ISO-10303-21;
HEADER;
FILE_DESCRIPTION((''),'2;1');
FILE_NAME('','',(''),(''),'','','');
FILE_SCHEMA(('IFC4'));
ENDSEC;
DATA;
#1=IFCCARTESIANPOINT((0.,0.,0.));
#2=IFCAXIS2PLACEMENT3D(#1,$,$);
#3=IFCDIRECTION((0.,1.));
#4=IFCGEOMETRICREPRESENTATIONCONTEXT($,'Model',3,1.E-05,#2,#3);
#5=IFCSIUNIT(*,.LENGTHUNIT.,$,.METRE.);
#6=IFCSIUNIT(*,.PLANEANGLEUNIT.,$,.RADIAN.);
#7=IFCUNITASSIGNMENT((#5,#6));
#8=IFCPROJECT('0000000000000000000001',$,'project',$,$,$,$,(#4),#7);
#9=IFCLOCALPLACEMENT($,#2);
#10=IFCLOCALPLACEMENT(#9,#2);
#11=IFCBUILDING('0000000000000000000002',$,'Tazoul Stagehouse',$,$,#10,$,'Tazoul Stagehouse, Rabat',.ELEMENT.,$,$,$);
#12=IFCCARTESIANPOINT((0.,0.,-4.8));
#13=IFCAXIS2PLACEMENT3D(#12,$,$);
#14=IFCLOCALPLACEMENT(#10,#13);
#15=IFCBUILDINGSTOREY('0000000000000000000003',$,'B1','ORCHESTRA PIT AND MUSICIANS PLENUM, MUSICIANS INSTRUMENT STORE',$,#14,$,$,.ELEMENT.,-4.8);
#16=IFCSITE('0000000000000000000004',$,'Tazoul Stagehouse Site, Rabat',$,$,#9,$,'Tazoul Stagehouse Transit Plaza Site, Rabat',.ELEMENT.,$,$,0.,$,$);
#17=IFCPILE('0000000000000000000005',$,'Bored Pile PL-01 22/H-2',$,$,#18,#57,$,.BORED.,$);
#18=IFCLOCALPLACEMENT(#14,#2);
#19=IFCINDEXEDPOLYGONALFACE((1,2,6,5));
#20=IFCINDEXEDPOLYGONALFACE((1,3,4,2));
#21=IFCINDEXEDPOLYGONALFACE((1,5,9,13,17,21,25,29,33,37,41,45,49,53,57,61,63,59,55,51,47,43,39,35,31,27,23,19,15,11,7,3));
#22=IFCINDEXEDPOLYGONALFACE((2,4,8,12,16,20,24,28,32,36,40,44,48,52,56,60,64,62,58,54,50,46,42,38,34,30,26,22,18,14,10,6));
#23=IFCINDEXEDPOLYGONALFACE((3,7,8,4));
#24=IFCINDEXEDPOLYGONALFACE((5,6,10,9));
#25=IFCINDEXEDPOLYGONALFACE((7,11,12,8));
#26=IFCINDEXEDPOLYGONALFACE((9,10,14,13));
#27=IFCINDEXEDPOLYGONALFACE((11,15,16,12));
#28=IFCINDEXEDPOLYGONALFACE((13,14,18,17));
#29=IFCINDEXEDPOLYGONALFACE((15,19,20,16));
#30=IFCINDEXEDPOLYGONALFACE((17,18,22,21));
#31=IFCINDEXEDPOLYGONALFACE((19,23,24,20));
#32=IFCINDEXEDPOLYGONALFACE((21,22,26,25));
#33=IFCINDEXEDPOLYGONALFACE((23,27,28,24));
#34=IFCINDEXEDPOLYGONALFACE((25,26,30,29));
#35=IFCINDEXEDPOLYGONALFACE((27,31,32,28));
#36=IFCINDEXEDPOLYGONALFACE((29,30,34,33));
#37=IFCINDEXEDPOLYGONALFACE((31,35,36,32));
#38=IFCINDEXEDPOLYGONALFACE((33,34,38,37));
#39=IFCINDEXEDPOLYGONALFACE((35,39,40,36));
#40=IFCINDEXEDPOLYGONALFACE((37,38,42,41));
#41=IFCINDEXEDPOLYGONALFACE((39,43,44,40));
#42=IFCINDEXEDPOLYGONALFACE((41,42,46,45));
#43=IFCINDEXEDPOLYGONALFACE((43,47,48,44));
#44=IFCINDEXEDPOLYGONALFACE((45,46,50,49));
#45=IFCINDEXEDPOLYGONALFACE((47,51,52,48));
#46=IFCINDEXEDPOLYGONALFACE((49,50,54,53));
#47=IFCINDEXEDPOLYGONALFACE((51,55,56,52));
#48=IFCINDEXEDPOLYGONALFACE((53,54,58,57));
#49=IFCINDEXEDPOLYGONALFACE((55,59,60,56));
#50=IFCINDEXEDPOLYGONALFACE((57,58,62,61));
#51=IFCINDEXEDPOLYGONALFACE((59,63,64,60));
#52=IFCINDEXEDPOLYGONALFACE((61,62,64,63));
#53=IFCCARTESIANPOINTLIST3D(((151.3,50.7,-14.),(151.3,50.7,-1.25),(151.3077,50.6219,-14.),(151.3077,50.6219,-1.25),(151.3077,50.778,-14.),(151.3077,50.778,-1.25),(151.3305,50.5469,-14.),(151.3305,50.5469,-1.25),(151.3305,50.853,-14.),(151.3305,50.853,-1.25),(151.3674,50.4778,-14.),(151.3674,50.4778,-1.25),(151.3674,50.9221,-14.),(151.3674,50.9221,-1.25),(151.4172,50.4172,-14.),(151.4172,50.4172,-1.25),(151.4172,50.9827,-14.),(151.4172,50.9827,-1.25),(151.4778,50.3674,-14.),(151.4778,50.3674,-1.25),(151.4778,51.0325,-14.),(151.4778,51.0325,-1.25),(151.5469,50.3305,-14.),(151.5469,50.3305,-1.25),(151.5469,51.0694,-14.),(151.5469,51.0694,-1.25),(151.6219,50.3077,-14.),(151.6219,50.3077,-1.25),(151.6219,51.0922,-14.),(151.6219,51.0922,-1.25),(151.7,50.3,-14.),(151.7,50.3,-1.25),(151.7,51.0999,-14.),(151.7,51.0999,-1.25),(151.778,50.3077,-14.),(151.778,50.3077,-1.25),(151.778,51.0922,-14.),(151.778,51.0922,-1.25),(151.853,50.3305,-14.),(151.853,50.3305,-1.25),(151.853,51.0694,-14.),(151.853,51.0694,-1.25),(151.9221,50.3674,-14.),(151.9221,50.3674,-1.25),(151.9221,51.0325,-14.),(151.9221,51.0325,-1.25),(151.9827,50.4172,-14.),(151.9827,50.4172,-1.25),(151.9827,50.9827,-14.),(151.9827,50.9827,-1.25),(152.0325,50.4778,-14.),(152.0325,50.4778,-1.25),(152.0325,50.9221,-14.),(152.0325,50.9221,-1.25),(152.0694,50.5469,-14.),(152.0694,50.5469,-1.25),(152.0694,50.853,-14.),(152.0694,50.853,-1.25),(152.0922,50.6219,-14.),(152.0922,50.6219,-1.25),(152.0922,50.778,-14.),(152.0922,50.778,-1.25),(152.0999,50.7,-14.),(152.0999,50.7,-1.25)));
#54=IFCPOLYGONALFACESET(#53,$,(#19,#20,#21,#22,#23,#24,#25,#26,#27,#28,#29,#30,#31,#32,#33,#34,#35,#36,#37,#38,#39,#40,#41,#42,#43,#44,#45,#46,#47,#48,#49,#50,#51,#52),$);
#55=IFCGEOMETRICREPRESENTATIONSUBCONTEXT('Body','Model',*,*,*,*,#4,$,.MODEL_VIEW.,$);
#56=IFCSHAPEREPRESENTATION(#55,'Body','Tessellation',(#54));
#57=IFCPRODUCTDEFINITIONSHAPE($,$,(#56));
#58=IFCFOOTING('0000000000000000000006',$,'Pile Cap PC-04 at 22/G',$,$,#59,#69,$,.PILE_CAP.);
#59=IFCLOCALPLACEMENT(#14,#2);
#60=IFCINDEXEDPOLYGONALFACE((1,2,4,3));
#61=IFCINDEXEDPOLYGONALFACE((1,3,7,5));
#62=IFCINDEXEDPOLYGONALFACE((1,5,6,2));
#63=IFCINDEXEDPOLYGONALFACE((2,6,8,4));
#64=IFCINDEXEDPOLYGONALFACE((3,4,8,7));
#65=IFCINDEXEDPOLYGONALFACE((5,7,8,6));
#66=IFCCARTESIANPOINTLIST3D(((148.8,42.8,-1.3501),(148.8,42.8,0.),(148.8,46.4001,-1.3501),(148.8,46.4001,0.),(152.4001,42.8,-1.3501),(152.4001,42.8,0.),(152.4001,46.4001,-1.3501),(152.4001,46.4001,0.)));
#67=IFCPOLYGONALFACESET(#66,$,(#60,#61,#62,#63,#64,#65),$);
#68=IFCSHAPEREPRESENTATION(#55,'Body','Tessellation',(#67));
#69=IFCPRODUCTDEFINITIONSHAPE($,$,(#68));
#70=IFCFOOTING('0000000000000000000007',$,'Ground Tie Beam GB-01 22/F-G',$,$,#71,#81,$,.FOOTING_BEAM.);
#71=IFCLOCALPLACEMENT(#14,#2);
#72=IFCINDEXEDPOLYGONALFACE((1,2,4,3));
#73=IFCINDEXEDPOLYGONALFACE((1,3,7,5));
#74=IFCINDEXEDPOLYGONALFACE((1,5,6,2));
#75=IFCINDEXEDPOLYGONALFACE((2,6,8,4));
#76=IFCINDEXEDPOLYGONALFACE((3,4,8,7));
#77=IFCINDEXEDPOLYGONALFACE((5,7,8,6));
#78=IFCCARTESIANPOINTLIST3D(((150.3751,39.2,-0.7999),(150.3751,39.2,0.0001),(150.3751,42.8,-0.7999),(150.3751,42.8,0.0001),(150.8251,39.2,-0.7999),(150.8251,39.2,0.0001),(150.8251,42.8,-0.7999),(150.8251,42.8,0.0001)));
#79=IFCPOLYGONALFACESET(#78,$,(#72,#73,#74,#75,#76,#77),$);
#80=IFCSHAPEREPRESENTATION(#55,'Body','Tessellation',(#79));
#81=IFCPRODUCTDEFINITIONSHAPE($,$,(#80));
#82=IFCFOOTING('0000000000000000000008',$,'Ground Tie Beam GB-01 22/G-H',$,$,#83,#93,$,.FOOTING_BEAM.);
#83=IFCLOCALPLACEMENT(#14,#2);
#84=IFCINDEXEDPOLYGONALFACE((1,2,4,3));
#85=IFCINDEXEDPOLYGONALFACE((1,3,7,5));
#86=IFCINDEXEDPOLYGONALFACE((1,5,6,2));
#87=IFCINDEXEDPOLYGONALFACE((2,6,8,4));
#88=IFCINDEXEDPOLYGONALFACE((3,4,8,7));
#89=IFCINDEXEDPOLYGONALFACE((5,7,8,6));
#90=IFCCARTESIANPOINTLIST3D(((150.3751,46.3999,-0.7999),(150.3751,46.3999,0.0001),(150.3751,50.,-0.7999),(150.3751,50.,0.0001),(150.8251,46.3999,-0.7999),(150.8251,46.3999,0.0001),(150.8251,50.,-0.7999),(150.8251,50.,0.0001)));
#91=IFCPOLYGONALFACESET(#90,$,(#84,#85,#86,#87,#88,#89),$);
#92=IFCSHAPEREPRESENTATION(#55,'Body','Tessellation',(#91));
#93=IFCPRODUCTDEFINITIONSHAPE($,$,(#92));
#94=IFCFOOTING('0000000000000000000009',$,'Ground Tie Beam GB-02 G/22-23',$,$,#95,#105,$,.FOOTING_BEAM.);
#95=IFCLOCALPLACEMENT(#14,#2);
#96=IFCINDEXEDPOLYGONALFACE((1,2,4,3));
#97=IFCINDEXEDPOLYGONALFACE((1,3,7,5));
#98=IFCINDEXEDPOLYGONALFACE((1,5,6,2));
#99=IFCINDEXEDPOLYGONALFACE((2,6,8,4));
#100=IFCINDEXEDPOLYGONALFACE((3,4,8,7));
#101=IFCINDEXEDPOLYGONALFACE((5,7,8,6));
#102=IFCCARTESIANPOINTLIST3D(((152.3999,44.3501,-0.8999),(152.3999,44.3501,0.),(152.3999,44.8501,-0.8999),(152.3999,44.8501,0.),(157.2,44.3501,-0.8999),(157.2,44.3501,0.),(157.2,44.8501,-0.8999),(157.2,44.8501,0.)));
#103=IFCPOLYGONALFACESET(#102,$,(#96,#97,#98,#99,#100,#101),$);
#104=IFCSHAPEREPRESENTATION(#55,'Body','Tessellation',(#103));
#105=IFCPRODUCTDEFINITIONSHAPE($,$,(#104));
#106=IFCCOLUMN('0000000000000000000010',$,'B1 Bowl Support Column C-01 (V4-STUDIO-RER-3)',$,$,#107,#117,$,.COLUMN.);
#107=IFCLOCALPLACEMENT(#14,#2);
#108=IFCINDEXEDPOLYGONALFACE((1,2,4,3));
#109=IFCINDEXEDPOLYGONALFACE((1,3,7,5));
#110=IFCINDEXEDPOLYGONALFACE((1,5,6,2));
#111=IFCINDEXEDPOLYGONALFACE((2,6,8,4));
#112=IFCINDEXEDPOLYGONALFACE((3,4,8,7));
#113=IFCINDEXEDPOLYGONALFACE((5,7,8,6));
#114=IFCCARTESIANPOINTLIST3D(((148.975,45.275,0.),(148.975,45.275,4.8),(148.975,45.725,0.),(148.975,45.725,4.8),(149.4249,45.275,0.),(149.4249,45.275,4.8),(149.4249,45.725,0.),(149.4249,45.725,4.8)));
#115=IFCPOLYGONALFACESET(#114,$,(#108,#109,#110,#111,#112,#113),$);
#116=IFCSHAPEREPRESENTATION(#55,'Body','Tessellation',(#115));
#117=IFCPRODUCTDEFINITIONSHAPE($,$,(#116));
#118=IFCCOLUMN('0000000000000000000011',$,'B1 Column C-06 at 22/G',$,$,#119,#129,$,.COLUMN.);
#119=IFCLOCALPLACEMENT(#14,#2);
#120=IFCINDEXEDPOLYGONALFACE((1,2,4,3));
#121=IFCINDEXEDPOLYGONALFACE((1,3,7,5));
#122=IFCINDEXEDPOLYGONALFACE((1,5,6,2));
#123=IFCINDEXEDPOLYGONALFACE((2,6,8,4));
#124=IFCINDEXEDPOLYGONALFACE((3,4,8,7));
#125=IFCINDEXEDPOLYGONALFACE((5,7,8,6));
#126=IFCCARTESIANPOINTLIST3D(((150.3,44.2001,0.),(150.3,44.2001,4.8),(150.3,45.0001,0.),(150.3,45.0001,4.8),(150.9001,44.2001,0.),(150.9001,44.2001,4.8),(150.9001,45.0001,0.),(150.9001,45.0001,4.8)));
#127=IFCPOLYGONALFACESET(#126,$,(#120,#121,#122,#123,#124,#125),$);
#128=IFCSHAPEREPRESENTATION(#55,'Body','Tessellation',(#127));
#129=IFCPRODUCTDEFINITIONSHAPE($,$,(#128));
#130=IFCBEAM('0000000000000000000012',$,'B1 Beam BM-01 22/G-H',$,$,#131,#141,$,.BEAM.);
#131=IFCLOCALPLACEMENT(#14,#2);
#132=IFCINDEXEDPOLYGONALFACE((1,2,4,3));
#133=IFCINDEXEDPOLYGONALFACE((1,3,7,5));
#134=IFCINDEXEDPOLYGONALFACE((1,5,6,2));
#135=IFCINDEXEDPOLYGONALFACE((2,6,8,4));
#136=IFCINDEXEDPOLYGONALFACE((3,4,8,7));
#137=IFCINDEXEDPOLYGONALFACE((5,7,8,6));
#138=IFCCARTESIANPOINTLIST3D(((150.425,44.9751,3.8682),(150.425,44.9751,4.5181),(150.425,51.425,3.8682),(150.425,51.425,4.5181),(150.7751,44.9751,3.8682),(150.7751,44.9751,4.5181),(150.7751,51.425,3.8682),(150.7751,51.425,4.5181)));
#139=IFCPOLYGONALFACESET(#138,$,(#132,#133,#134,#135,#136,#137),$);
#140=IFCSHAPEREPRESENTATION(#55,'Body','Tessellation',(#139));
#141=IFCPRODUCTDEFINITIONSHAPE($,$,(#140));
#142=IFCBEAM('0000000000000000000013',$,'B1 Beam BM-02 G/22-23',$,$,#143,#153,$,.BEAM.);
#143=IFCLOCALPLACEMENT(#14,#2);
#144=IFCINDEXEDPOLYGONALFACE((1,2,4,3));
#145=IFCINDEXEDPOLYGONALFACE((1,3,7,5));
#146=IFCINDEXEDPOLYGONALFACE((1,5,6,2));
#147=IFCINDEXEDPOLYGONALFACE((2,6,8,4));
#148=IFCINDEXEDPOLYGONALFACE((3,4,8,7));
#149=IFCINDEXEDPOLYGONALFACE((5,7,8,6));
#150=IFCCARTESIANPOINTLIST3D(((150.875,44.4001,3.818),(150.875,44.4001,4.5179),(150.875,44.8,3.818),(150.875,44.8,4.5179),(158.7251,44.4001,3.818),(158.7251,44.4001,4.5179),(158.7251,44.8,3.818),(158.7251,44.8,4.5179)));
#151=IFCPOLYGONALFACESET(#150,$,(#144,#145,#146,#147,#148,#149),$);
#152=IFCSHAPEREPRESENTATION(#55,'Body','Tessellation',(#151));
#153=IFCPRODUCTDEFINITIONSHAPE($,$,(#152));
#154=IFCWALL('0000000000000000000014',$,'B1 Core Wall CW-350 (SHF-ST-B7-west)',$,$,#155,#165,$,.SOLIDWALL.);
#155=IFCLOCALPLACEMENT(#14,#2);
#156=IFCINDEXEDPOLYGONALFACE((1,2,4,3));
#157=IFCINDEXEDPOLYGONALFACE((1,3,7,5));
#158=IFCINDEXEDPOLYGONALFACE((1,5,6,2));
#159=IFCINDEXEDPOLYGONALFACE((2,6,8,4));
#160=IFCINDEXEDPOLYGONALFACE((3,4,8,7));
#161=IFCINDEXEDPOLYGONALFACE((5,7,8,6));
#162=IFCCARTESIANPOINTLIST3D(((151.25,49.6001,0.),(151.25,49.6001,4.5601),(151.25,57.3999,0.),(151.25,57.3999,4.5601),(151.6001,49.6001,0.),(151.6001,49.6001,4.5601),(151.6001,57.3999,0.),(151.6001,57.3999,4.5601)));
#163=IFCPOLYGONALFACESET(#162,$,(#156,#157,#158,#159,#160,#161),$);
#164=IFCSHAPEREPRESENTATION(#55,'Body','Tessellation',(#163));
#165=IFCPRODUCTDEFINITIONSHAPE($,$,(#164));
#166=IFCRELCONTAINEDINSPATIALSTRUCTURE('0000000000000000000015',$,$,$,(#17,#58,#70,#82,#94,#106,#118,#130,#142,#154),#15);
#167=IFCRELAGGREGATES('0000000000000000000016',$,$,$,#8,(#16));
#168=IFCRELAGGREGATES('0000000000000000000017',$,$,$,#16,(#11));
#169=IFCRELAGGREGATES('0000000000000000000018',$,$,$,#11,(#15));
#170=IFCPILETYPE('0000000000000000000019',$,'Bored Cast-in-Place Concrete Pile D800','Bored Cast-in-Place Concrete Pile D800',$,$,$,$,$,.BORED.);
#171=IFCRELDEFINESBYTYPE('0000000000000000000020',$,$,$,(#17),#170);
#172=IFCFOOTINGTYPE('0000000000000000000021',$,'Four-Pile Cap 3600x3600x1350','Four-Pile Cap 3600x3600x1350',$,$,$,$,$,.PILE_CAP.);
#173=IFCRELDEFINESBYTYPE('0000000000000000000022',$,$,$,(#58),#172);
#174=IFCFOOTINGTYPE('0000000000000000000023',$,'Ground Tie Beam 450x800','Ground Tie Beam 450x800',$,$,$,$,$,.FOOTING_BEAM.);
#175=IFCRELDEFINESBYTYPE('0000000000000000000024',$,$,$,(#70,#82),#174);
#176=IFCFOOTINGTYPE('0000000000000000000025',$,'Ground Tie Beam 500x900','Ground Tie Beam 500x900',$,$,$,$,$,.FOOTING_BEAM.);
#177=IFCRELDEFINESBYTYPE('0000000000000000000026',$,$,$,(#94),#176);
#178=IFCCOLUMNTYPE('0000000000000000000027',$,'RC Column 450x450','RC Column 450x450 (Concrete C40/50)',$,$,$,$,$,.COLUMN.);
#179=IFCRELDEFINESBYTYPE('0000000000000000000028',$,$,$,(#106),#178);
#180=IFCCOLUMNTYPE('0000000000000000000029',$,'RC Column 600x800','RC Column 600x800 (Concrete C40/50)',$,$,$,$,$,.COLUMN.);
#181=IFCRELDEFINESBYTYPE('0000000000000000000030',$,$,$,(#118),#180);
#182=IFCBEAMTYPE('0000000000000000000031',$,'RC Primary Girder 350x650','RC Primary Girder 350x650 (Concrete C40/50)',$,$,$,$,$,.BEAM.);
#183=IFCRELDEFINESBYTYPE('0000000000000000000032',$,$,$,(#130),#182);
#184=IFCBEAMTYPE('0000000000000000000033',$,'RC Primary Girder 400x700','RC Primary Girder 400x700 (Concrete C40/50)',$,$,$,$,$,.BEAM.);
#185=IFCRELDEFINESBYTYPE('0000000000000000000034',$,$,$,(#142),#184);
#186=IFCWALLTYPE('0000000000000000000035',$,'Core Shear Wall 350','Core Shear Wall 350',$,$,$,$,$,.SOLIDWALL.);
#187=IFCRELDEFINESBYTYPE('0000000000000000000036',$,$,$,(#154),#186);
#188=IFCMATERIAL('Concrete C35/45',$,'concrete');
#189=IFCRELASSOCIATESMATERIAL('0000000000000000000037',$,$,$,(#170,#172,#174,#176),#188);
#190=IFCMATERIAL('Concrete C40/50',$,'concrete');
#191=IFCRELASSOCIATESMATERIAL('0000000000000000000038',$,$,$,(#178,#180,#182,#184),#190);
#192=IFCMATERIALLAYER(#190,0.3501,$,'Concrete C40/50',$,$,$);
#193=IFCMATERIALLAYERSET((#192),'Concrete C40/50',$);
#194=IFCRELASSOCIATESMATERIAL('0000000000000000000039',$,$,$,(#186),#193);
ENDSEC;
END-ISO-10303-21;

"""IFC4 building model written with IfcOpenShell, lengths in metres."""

from ifc_helpers import new_model, si_unit, direction, frame, frame_2d, origin, origin_2d, place, context, subcontext, project, spatial, rectangle, circle, extrude, material, layer, layer_set, material_profile, profile_set, type_object, element, save


model = new_model("IFC4")

# Units and contexts
model_context = context("Model", 3, precision=1e-05, world=origin(), true_north=direction((0.0, 1.0)))
body_context = subcontext(model_context, "Body", "Model", "MODEL_VIEW")
ifc_project = project(units=[si_unit("LENGTHUNIT", "METRE"), si_unit("PLANEANGLEUNIT", "RADIAN")], contexts=[model_context])

# Site, building, storey
site_placement = place(None, origin())
site = spatial("IfcSite", under=ifc_project, at=site_placement, Name="Tazoul Stagehouse Site, Rabat", LongName="Tazoul Stagehouse Transit Plaza Site, Rabat", CompositionType="ELEMENT", RefElevation=0.0)
building_placement = place(site_placement, origin())
building = spatial("IfcBuilding", under=site, at=building_placement, Name="Tazoul Stagehouse", LongName="Tazoul Stagehouse, Rabat", CompositionType="ELEMENT")
storey_placement = place(building_placement, frame((0.0, 0.0, -4.8)))
storey = spatial("IfcBuildingStorey", under=building, at=storey_placement, Name="B1", Description="ORCHESTRA PIT AND MUSICIANS PLENUM, MUSICIANS INSTRUMENT STORE", CompositionType="ELEMENT", Elevation=-4.8)

# Pile
ifc_material_1 = material(Name="Concrete C35/45", Category="concrete")
ifc_material_profile_1 = material_profile(ifc_material_1, circle(Radius=0.3999, at=origin_2d()), Name="BORED PILE 800")
ifc_profile_set_1 = profile_set([ifc_material_profile_1], Name="Concrete C35/45")
pile_type = type_object("IfcPileType", Name="Bored Cast-in-Place Concrete Pile D800", Description="Bored Cast-in-Place Concrete Pile D800", PredefinedType="BORED", material=ifc_profile_set_1)
for number, where, z_axis, x_axis, name in (
    (1, (151.7, 50.7, -1.25), (0.0, 0.0, -1.0), (1.0, 0.0, 0.0), "Bored Pile PL-01 22/H-2"),
):
    element("IfcPile", number, at=place(storey_placement, frame(where, z_axis=z_axis, x_axis=x_axis)), inside=storey, type_object=pile_type, Name=name, PredefinedType="BORED", context=body_context, shape_type="SweptSolid", body=[
        extrude(circle(Radius=0.3999, at=origin_2d()), origin(), (0.0, 0.0, 1.0), 12.75),
    ])

# Footings
footing_type_1 = type_object("IfcFootingType", Name="Four-Pile Cap 3600x3600x1350", Description="Four-Pile Cap 3600x3600x1350", PredefinedType="PILE_CAP", material=ifc_material_1)
footing_1_placement = place(storey_placement, frame((150.6001, 44.6001, -1.3501), z_axis=(0.0, 0.0, 1.0), x_axis=(1.0, 0.0, 0.0)))
element("IfcFooting", 2, at=footing_1_placement, inside=storey, type_object=footing_type_1, Name="Pile Cap PC-04 at 22/G", PredefinedType="PILE_CAP", context=body_context, shape_type="SweptSolid", body=[
    extrude(rectangle(XDim=3.6001, YDim=3.6001, at=origin_2d()), origin(), (0.0, 0.0, 1.0), 1.3501),
])
ifc_material_profile_2 = material_profile(ifc_material_1, rectangle(XDim=0.45, YDim=0.8, at=origin_2d()), Name="RC 450x800")
ifc_profile_set_2 = profile_set([ifc_material_profile_2], Name="Concrete C35/45")
footing_type_2 = type_object("IfcFootingType", Name="Ground Tie Beam 450x800", Description="Ground Tie Beam 450x800", PredefinedType="FOOTING_BEAM", material=ifc_profile_set_2)
for number, where, z_axis, x_axis, name in (
    (3, (150.6001, 39.2, -0.3999), (0.0, 1.0, 0.0), (-1.0, 0.0, 0.0), "Ground Tie Beam GB-01 22/F-G"),
    (4, (150.6001, 46.3999, -0.3999), (0.0, 1.0, 0.0), (-1.0, 0.0, 0.0), "Ground Tie Beam GB-01 22/G-H"),
):
    element("IfcFooting", number, at=place(storey_placement, frame(where, z_axis=z_axis, x_axis=x_axis)), inside=storey, type_object=footing_type_2, Name=name, PredefinedType="FOOTING_BEAM", context=body_context, shape_type="SweptSolid", body=[
        extrude(rectangle(XDim=0.45, YDim=0.8, at=origin_2d()), origin(), (0.0, 0.0, 1.0), 3.6001),
    ])
ifc_material_profile_3 = material_profile(ifc_material_1, rectangle(XDim=0.5, YDim=0.8999, at=origin_2d()), Name="RC 500x900")
ifc_profile_set_3 = profile_set([ifc_material_profile_3], Name="Concrete C35/45")
footing_type_3 = type_object("IfcFootingType", Name="Ground Tie Beam 500x900", Description="Ground Tie Beam 500x900", PredefinedType="FOOTING_BEAM", material=ifc_profile_set_3)
footing_2_placement = place(storey_placement, frame((152.3999, 44.6001, -0.45), z_axis=(1.0, 0.0, 0.0), x_axis=(0.0, 1.0, 0.0)))
element("IfcFooting", 5, at=footing_2_placement, inside=storey, type_object=footing_type_3, Name="Ground Tie Beam GB-02 G/22-23", PredefinedType="FOOTING_BEAM", context=body_context, shape_type="SweptSolid", body=[
    extrude(rectangle(XDim=0.5, YDim=0.8999, at=origin_2d()), origin(), (0.0, 0.0, 1.0), 4.8),
])

# Columns
ifc_material_2 = material(Name="Concrete C40/50", Category="concrete")
ifc_material_profile_4 = material_profile(ifc_material_2, rectangle(XDim=0.45, YDim=0.45, at=origin_2d()), Name="RC 450x450")
ifc_profile_set_4 = profile_set([ifc_material_profile_4], Name="Concrete C40/50")
column_type_1 = type_object("IfcColumnType", Name="RC Column 450x450", Description="RC Column 450x450 (Concrete C40/50)", PredefinedType="COLUMN", material=ifc_profile_set_4)
column_1_placement = place(storey_placement, frame((149.2, 45.5, 0.0), z_axis=(0.0, 0.0, 1.0), x_axis=(1.0, 0.0, 0.0)))
element("IfcColumn", 6, at=column_1_placement, inside=storey, type_object=column_type_1, Name="B1 Bowl Support Column C-01 (V4-STUDIO-RER-3)", PredefinedType="COLUMN", context=body_context, shape_type="SweptSolid", body=[
    extrude(rectangle(XDim=0.45, YDim=0.45, at=origin_2d()), origin(), (0.0, 0.0, 1.0), 4.8),
])
ifc_material_profile_5 = material_profile(ifc_material_2, rectangle(XDim=0.6001, YDim=0.8, at=origin_2d()), Name="RC 600x800")
ifc_profile_set_5 = profile_set([ifc_material_profile_5], Name="Concrete C40/50")
column_type_2 = type_object("IfcColumnType", Name="RC Column 600x800", Description="RC Column 600x800 (Concrete C40/50)", PredefinedType="COLUMN", material=ifc_profile_set_5)
column_2_placement = place(storey_placement, frame((150.6001, 44.6001, 0.0), z_axis=(0.0, 0.0, 1.0), x_axis=(1.0, 0.0, 0.0)))
element("IfcColumn", 7, at=column_2_placement, inside=storey, type_object=column_type_2, Name="B1 Column C-06 at 22/G", PredefinedType="COLUMN", context=body_context, shape_type="SweptSolid", body=[
    extrude(rectangle(XDim=0.6001, YDim=0.8, at=origin_2d()), origin(), (0.0, 0.0, 1.0), 4.8),
])

# Beams
ifc_material_profile_6 = material_profile(ifc_material_2, rectangle(XDim=0.3501, YDim=0.6499, at=origin_2d()), Name="RC 350x650")
ifc_profile_set_6 = profile_set([ifc_material_profile_6], Name="Concrete C40/50")
beam_type_1 = type_object("IfcBeamType", Name="RC Primary Girder 350x650", Description="RC Primary Girder 350x650 (Concrete C40/50)", PredefinedType="BEAM", material=ifc_profile_set_6)
beam_1_placement = place(storey_placement, frame((150.6001, 44.9751, 4.1931), z_axis=(0.0, 1.0, 0.0), x_axis=(-1.0, 0.0, 0.0)))
element("IfcBeam", 8, at=beam_1_placement, inside=storey, type_object=beam_type_1, Name="B1 Beam BM-01 22/G-H", PredefinedType="BEAM", context=body_context, shape_type="SweptSolid", body=[
    extrude(rectangle(XDim=0.3501, YDim=0.6499, at=origin_2d()), origin(), (0.0, 0.0, 1.0), 6.45),
])
ifc_material_profile_7 = material_profile(ifc_material_2, rectangle(XDim=0.3999, YDim=0.7, at=origin_2d()), Name="RC 400x700")
ifc_profile_set_7 = profile_set([ifc_material_profile_7], Name="Concrete C40/50")
beam_type_2 = type_object("IfcBeamType", Name="RC Primary Girder 400x700", Description="RC Primary Girder 400x700 (Concrete C40/50)", PredefinedType="BEAM", material=ifc_profile_set_7)
beam_2_placement = place(storey_placement, frame((150.875, 44.6001, 4.168), z_axis=(1.0, 0.0, 0.0), x_axis=(0.0, 1.0, 0.0)))
element("IfcBeam", 9, at=beam_2_placement, inside=storey, type_object=beam_type_2, Name="B1 Beam BM-02 G/22-23", PredefinedType="BEAM", context=body_context, shape_type="SweptSolid", body=[
    extrude(rectangle(XDim=0.3999, YDim=0.7, at=origin_2d()), origin(), (0.0, 0.0, 1.0), 7.8501),
])

# Wall
ifc_layer_1 = layer(ifc_material_2, 0.3501, Name="Concrete C40/50")
ifc_layer_set_1 = layer_set([ifc_layer_1], Name="Concrete C40/50")
wall_type_1 = type_object("IfcWallType", Name="Core Shear Wall 350", Description="Core Shear Wall 350", PredefinedType="SOLIDWALL", material=ifc_layer_set_1)
wall_1_placement = place(storey_placement, frame((151.425, 49.6001, 0.0), z_axis=(0.0, 0.0, 1.0), x_axis=(0.0, 1.0, 0.0)))
element("IfcWall", 10, at=wall_1_placement, inside=storey, type_object=wall_type_1, Name="B1 Core Wall CW-350 (SHF-ST-B7-west)", PredefinedType="SOLIDWALL", context=body_context, shape_type="SweptSolid", body=[
    extrude(rectangle(XDim=7.7998, YDim=0.3501, at=frame_2d((3.8999, 0.0))), origin(), (0.0, 0.0, 1.0), 4.5601),
])

save(model, "model.ifc")
